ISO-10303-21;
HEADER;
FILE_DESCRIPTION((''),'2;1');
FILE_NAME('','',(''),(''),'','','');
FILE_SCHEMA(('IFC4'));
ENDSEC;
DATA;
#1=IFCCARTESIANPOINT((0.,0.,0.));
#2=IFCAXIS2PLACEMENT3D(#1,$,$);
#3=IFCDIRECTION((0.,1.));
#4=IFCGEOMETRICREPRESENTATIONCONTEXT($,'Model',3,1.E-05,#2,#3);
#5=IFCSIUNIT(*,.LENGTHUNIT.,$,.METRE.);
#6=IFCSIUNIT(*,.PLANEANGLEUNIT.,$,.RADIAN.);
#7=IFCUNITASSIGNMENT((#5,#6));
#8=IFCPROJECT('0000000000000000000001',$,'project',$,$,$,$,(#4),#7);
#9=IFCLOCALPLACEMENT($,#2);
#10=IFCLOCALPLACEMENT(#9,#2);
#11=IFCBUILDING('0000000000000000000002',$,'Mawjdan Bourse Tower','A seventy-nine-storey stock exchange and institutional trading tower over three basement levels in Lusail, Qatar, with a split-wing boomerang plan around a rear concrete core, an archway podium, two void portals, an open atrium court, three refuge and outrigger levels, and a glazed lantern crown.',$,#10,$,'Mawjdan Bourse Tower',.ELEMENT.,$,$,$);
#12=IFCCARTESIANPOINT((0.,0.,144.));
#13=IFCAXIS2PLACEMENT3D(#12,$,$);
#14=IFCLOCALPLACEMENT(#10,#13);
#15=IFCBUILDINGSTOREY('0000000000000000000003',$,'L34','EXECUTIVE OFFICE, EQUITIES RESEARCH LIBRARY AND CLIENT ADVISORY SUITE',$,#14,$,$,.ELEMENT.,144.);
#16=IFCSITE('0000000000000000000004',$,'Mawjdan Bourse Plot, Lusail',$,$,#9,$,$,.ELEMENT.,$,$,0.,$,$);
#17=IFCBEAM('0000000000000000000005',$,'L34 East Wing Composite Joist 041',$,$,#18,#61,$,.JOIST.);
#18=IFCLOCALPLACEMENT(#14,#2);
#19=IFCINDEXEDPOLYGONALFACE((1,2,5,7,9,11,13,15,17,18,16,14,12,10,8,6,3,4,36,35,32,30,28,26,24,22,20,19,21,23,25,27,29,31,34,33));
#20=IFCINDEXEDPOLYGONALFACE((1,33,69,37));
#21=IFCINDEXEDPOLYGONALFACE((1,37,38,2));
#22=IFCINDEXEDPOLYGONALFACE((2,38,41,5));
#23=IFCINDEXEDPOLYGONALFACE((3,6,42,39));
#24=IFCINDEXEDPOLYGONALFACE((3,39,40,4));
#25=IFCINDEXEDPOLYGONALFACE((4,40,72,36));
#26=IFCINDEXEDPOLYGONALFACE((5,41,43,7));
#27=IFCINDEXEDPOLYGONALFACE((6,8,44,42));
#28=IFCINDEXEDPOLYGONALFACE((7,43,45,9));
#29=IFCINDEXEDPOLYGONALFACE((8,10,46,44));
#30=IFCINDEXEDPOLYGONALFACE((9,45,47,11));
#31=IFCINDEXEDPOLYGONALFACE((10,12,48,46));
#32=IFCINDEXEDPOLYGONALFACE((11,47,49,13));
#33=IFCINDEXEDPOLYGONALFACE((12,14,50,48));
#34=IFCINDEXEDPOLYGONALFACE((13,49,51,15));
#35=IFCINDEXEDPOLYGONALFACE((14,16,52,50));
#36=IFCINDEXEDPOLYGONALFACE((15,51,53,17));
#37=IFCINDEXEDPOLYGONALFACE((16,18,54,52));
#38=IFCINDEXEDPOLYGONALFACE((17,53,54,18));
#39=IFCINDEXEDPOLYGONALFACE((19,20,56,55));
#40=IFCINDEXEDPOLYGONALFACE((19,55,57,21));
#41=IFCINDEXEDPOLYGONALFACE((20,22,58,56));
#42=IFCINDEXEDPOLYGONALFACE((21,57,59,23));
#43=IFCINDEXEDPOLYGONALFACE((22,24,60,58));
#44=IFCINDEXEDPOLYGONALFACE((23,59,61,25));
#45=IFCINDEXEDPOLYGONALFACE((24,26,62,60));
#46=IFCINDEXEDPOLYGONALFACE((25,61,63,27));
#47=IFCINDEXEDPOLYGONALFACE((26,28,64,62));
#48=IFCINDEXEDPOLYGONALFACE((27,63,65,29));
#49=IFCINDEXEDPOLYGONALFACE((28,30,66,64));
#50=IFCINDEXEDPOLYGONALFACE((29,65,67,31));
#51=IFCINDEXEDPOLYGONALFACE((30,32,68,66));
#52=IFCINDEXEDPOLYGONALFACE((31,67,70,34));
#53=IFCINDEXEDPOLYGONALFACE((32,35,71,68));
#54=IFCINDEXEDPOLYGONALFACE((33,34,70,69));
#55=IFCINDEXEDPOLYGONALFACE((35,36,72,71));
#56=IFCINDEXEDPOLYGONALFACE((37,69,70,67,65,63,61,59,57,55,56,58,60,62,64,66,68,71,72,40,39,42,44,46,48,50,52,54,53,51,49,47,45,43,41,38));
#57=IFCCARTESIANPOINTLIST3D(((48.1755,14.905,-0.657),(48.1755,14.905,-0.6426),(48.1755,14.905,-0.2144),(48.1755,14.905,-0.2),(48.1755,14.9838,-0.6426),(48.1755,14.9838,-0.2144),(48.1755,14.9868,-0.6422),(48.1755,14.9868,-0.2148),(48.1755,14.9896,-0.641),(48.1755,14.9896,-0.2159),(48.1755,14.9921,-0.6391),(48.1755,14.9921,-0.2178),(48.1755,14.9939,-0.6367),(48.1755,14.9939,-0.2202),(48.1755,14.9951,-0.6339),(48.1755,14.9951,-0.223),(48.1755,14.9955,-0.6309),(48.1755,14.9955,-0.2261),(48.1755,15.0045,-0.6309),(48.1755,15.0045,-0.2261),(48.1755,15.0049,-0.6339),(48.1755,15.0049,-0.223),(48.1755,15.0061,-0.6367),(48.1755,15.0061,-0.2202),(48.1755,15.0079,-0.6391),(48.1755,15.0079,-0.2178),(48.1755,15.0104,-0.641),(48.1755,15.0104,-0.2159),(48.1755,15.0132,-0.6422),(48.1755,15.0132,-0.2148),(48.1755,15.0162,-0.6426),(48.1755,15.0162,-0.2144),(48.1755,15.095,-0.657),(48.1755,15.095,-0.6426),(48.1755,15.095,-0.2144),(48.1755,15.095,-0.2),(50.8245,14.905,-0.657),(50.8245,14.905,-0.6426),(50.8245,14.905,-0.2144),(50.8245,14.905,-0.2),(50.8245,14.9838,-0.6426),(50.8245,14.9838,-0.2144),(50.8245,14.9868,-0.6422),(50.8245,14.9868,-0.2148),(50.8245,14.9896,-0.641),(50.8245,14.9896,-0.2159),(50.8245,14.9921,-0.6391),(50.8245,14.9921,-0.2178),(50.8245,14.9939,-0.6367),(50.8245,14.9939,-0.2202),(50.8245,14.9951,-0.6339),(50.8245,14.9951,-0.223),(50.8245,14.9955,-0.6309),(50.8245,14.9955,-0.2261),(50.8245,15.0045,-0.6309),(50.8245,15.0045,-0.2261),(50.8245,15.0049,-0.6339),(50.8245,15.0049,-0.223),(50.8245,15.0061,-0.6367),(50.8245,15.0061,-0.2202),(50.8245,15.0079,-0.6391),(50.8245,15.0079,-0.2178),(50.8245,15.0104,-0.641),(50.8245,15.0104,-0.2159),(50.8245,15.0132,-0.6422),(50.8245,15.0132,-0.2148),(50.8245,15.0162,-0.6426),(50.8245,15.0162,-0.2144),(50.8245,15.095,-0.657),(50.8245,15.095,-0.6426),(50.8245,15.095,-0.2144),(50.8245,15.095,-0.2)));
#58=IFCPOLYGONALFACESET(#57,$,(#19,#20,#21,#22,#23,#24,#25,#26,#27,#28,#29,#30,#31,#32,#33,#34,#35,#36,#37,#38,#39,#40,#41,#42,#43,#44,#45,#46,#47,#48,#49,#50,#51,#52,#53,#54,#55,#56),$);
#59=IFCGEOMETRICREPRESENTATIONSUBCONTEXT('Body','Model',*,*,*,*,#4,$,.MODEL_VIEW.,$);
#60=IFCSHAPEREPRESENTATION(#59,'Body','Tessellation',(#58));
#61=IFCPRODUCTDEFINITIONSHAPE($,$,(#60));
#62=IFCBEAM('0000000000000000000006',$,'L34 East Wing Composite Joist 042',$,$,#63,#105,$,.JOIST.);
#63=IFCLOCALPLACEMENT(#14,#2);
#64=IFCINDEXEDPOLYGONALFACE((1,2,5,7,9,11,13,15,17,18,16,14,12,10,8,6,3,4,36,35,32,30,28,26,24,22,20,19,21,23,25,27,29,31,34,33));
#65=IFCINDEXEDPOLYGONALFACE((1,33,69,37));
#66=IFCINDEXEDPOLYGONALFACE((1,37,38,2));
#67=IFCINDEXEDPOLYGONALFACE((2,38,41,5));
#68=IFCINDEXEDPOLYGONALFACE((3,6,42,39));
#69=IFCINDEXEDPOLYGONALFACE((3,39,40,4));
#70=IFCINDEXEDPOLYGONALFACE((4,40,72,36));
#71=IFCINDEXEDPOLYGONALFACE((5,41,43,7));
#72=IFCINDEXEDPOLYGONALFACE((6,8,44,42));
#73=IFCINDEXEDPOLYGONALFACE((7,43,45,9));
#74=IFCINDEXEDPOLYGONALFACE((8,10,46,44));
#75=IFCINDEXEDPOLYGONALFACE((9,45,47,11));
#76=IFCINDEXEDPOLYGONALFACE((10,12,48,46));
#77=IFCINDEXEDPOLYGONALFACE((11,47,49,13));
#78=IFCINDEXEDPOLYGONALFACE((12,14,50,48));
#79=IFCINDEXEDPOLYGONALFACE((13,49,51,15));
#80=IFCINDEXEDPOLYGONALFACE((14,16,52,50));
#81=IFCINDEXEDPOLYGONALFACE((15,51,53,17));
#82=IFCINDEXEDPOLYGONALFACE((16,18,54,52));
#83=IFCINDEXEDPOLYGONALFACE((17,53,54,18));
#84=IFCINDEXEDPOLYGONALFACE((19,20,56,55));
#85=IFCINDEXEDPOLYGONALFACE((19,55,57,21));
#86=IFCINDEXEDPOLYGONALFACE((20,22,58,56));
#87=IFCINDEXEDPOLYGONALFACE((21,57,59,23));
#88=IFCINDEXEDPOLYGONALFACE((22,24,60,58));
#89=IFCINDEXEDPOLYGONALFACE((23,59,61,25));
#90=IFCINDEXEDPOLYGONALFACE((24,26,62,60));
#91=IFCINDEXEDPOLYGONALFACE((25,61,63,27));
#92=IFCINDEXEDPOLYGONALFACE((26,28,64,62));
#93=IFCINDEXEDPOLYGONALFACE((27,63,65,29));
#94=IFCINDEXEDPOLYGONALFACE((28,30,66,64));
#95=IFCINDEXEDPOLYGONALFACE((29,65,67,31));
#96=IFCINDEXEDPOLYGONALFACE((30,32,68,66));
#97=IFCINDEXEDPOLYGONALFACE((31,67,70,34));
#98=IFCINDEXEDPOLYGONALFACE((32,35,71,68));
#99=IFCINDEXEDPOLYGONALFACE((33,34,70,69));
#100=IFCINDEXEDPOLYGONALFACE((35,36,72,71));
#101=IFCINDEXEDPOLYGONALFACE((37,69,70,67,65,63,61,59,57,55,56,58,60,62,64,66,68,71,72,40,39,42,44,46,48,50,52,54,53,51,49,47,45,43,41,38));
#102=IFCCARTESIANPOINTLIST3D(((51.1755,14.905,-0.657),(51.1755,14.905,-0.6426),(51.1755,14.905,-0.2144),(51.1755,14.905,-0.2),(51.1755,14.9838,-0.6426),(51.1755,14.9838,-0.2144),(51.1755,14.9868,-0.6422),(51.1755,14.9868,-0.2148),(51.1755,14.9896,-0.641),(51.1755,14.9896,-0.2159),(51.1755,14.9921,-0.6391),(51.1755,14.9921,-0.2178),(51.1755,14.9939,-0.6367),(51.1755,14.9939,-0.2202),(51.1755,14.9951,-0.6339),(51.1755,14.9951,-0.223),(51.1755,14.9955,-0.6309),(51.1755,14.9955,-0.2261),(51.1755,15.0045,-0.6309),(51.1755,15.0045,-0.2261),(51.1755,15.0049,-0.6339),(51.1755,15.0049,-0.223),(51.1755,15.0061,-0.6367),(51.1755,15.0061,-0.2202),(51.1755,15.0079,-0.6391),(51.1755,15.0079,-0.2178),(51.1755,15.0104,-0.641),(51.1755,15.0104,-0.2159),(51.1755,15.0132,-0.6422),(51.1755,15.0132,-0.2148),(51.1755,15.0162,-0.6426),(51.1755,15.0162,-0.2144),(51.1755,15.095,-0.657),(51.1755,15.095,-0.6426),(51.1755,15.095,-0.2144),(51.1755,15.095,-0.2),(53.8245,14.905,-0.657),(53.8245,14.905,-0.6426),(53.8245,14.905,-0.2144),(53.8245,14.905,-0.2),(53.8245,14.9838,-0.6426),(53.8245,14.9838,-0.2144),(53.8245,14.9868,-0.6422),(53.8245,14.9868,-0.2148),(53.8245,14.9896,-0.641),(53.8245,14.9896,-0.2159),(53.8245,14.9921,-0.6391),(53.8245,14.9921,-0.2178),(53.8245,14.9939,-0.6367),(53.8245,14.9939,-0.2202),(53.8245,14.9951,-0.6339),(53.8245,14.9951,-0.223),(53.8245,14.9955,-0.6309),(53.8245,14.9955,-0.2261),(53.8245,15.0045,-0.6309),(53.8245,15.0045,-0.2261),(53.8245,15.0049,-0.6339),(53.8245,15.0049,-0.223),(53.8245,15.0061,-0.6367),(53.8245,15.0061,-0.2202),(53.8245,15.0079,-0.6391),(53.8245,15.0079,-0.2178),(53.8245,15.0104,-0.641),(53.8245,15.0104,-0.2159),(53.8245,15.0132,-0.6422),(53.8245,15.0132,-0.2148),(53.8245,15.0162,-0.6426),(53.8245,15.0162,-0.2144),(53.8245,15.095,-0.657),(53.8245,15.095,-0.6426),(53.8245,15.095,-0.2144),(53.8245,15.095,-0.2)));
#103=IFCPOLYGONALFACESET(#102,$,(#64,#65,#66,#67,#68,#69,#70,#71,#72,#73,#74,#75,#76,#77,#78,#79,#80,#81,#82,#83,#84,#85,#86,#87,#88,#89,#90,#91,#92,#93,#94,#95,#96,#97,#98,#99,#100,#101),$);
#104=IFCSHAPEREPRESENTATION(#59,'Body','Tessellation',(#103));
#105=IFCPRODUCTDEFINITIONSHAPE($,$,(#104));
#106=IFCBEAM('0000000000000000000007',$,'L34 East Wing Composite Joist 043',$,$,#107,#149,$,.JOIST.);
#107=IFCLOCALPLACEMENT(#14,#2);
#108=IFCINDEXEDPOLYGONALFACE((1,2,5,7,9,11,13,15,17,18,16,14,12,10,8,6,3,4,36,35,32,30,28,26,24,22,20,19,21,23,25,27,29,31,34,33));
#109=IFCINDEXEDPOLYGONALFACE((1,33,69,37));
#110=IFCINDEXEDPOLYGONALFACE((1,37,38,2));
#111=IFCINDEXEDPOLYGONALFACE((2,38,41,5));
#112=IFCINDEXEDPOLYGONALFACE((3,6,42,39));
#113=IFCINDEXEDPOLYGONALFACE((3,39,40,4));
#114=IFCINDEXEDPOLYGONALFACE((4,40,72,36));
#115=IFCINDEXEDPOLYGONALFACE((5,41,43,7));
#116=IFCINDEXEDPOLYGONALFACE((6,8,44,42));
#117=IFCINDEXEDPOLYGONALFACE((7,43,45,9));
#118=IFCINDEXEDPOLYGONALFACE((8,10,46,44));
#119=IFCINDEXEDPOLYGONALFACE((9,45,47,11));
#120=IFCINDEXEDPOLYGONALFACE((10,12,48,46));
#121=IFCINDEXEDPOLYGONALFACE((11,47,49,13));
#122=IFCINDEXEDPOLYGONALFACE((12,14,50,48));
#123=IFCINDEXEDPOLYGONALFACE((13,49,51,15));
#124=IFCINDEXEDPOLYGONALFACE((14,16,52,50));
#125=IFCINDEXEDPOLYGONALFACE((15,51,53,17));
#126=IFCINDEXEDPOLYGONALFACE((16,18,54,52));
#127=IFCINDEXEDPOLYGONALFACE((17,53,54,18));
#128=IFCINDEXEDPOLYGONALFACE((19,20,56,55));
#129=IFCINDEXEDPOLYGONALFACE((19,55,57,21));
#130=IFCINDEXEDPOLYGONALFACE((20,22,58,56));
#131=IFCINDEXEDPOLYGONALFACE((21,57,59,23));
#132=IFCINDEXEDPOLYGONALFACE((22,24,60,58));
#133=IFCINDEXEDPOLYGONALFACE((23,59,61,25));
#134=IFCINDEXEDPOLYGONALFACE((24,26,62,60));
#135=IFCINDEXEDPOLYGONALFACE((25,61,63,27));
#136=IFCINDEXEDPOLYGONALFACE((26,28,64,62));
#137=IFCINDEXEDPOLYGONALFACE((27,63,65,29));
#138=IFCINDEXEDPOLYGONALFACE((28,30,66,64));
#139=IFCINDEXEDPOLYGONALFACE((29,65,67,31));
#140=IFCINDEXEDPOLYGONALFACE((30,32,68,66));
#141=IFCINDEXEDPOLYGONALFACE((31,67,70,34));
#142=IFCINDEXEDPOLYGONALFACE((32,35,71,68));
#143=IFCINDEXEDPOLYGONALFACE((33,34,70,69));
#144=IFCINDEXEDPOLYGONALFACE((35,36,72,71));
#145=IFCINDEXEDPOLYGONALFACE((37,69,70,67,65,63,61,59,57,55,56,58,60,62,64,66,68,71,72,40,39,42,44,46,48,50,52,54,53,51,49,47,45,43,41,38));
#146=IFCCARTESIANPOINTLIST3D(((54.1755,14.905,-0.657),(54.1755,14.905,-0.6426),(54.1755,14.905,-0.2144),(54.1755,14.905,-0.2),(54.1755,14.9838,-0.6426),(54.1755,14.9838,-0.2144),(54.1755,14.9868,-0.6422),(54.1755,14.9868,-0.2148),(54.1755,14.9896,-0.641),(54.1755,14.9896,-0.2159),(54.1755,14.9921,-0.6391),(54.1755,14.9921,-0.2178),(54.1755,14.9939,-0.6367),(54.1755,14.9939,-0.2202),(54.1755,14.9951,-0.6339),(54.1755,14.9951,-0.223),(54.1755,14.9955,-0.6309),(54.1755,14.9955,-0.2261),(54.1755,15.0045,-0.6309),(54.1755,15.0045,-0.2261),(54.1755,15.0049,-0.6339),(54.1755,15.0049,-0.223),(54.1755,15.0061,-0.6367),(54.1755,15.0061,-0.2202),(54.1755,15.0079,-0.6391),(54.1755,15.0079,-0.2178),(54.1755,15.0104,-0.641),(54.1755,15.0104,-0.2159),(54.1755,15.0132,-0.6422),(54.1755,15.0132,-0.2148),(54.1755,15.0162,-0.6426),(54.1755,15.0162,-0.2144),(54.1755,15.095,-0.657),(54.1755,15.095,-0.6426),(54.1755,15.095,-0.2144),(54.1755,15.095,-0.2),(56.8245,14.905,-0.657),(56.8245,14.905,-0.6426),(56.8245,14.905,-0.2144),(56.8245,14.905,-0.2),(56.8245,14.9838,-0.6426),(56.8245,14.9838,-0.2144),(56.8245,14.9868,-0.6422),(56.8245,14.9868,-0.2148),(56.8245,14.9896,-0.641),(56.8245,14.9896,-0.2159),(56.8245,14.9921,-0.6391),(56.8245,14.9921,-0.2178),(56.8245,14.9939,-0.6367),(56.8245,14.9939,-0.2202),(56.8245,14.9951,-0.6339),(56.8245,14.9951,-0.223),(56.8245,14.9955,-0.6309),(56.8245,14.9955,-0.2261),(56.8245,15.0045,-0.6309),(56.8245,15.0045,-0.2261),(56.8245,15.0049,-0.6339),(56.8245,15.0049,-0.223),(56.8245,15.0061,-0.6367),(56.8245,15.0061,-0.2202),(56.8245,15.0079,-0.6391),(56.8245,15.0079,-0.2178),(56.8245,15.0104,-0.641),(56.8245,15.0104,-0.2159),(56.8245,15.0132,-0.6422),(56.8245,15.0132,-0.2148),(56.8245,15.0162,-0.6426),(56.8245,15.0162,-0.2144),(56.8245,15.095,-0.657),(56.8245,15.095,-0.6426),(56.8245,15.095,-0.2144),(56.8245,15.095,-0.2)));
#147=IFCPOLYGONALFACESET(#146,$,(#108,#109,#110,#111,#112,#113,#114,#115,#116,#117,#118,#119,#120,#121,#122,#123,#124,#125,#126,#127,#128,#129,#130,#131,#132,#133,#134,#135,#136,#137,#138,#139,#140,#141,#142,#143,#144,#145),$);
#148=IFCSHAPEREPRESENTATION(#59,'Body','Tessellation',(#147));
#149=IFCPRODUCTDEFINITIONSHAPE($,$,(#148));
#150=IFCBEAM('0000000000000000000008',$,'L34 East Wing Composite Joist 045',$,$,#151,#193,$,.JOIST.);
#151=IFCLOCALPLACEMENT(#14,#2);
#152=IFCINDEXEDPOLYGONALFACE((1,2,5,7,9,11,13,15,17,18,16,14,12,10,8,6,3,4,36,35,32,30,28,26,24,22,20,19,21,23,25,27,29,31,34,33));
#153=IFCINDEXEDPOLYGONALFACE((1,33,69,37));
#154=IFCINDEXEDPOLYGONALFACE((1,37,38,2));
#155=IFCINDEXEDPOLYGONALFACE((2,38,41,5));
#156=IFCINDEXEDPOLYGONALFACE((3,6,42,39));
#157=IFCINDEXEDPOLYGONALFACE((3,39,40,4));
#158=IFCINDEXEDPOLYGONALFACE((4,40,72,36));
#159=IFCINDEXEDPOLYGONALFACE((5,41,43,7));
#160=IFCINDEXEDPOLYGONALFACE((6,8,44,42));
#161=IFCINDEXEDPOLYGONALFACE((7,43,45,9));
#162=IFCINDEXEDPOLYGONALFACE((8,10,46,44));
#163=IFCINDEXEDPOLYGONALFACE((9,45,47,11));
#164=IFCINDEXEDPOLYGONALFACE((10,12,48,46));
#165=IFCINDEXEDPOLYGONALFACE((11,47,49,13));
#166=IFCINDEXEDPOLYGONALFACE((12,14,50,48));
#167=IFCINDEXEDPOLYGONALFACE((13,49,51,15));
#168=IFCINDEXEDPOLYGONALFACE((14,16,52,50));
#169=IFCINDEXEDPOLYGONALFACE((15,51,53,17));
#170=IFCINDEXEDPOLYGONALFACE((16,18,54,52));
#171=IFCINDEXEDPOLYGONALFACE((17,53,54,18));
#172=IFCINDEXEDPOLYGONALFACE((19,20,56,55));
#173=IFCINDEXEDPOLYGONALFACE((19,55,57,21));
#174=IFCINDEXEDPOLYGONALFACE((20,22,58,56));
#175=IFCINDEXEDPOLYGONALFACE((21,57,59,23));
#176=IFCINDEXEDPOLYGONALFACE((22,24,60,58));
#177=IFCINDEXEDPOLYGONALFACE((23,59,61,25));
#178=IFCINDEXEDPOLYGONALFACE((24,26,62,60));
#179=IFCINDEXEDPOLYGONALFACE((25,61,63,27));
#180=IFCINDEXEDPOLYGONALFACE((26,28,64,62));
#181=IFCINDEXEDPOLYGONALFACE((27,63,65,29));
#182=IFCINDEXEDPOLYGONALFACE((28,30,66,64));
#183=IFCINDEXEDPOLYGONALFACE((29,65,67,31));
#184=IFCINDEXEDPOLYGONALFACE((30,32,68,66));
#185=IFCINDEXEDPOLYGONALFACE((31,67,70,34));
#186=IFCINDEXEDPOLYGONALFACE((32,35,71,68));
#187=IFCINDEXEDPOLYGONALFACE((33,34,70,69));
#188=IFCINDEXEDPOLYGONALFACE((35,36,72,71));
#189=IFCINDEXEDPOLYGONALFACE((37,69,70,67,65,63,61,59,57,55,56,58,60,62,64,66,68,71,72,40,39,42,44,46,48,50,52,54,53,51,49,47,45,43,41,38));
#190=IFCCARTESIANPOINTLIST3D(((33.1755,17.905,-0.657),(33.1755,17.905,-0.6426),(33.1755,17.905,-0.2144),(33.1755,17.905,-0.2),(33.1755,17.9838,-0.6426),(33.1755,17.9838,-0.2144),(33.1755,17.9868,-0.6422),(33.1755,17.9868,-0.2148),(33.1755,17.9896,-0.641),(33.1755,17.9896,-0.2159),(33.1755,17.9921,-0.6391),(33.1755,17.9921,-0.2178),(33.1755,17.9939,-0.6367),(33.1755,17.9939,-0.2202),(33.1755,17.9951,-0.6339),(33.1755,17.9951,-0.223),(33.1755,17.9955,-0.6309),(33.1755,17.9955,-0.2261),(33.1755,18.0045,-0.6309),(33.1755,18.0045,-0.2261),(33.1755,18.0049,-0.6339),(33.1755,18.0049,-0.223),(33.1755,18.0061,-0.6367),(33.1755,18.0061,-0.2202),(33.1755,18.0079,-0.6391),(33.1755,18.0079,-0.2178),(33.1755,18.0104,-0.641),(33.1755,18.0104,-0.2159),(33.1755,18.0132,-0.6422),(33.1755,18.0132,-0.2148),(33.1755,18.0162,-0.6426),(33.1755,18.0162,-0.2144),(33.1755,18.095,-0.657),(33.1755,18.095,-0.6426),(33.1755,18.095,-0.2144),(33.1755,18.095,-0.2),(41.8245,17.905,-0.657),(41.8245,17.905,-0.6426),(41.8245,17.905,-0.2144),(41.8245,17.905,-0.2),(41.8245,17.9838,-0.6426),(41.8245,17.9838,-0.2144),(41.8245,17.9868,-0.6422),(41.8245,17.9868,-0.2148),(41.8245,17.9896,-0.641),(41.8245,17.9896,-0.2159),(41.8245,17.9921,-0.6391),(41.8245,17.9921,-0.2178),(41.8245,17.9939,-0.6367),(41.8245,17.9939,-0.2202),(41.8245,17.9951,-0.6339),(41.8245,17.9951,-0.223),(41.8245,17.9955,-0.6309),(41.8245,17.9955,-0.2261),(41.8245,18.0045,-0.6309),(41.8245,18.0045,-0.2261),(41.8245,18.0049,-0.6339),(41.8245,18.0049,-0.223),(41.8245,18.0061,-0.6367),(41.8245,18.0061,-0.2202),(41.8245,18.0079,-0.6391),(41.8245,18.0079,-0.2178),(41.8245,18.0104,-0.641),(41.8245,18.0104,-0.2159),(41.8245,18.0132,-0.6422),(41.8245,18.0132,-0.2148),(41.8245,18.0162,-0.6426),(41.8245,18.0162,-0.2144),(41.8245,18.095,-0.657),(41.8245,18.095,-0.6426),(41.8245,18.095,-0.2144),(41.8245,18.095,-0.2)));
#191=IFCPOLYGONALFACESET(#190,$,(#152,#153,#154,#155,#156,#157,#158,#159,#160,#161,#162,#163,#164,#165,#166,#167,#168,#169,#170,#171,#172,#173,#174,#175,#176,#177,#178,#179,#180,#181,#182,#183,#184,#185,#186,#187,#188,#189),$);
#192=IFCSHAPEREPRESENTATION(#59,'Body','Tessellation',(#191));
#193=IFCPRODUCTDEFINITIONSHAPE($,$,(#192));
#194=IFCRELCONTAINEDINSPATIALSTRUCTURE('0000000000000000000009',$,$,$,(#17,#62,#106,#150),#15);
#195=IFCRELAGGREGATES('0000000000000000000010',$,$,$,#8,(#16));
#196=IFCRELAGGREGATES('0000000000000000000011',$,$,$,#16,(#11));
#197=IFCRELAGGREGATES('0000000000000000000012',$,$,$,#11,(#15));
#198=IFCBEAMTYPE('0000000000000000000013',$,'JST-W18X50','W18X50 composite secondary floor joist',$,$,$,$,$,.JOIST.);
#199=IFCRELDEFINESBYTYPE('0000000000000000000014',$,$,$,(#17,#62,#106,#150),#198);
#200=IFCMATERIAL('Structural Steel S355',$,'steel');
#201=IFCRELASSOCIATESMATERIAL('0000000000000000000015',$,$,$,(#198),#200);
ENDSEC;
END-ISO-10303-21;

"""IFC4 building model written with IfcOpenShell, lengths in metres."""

from ifc_helpers import new_model, si_unit, direction, frame, origin, origin_2d, place, context, subcontext, project, spatial, i_section, extrude, material, material_profile, profile_set, type_object, element, save


model = new_model("IFC4")

# Units and contexts
model_context = context("Model", 3, precision=1e-05, world=origin(), true_north=direction((0.0, 1.0)))
body_context = subcontext(model_context, "Body", "Model", "MODEL_VIEW")
ifc_project = project(units=[si_unit("LENGTHUNIT", "METRE"), si_unit("PLANEANGLEUNIT", "RADIAN")], contexts=[model_context])

# Site, building, storey
site_placement = place(None, origin())
site = spatial("IfcSite", under=ifc_project, at=site_placement, Name="Mawjdan Bourse Plot, Lusail", CompositionType="ELEMENT", RefElevation=0.0)
building_placement = place(site_placement, origin())
building = spatial("IfcBuilding", under=site, at=building_placement, Name="Mawjdan Bourse Tower", Description="A seventy-nine-storey stock exchange and institutional trading tower over three basement levels in Lusail, Qatar, with a split-wing boomerang plan around a rear concrete core, an archway podium, two void portals, an open atrium court, three refuge and outrigger levels, and a glazed lantern crown.", LongName="Mawjdan Bourse Tower", CompositionType="ELEMENT")
storey_placement = place(building_placement, frame((0.0, 0.0, 144.0)))
storey = spatial("IfcBuildingStorey", under=building, at=storey_placement, Name="L34", Description="EXECUTIVE OFFICE, EQUITIES RESEARCH LIBRARY AND CLIENT ADVISORY SUITE", CompositionType="ELEMENT", Elevation=144.0)

# Beams
ifc_material_1 = material(Name="Structural Steel S355", Category="steel")
ifc_material_profile_1 = material_profile(ifc_material_1, i_section(OverallWidth=0.1899, OverallDepth=0.457, WebThickness=0.009, FlangeThickness=0.0144, FilletRadius=0.0117, at=origin_2d()), Name="W18X50")
ifc_profile_set_1 = profile_set([ifc_material_profile_1], Name="Structural Steel S355")
beam_type_1 = type_object("IfcBeamType", Name="JST-W18X50", Description="W18X50 composite secondary floor joist", PredefinedType="JOIST", material=ifc_profile_set_1)
for number, where, z_axis, x_axis, name in (
    (1, (48.1755, 15.0, -0.4285), (1.0, 0.0, 0.0), (0.0, 1.0, 0.0), "L34 East Wing Composite Joist 041"),
    (2, (51.1755, 15.0, -0.4285), (1.0, 0.0, 0.0), (0.0, 1.0, 0.0), "L34 East Wing Composite Joist 042"),
    (3, (54.1755, 15.0, -0.4285), (1.0, 0.0, 0.0), (0.0, 1.0, 0.0), "L34 East Wing Composite Joist 043"),
):
    element("IfcBeam", number, at=place(storey_placement, frame(where, z_axis=z_axis, x_axis=x_axis)), inside=storey, type_object=beam_type_1, Name=name, PredefinedType="JOIST", context=body_context, shape_type="SweptSolid", body=[
        extrude(i_section(OverallWidth=0.1899, OverallDepth=0.457, WebThickness=0.009, FlangeThickness=0.0144, FilletRadius=0.0117, at=origin_2d()), origin(), (0.0, 0.0, 1.0), 2.6489),
    ])
beam_1_placement = place(storey_placement, frame((33.1755, 18.0, -0.4285), z_axis=(1.0, 0.0, 0.0), x_axis=(0.0, 1.0, 0.0)))
element("IfcBeam", 4, at=beam_1_placement, inside=storey, type_object=beam_type_1, Name="L34 East Wing Composite Joist 045", PredefinedType="JOIST", context=body_context, shape_type="SweptSolid", body=[
    extrude(i_section(OverallWidth=0.1899, OverallDepth=0.457, WebThickness=0.009, FlangeThickness=0.0144, FilletRadius=0.0117, at=origin_2d()), origin(), (0.0, 0.0, 1.0), 8.6489),
])

save(model, "model.ifc")
